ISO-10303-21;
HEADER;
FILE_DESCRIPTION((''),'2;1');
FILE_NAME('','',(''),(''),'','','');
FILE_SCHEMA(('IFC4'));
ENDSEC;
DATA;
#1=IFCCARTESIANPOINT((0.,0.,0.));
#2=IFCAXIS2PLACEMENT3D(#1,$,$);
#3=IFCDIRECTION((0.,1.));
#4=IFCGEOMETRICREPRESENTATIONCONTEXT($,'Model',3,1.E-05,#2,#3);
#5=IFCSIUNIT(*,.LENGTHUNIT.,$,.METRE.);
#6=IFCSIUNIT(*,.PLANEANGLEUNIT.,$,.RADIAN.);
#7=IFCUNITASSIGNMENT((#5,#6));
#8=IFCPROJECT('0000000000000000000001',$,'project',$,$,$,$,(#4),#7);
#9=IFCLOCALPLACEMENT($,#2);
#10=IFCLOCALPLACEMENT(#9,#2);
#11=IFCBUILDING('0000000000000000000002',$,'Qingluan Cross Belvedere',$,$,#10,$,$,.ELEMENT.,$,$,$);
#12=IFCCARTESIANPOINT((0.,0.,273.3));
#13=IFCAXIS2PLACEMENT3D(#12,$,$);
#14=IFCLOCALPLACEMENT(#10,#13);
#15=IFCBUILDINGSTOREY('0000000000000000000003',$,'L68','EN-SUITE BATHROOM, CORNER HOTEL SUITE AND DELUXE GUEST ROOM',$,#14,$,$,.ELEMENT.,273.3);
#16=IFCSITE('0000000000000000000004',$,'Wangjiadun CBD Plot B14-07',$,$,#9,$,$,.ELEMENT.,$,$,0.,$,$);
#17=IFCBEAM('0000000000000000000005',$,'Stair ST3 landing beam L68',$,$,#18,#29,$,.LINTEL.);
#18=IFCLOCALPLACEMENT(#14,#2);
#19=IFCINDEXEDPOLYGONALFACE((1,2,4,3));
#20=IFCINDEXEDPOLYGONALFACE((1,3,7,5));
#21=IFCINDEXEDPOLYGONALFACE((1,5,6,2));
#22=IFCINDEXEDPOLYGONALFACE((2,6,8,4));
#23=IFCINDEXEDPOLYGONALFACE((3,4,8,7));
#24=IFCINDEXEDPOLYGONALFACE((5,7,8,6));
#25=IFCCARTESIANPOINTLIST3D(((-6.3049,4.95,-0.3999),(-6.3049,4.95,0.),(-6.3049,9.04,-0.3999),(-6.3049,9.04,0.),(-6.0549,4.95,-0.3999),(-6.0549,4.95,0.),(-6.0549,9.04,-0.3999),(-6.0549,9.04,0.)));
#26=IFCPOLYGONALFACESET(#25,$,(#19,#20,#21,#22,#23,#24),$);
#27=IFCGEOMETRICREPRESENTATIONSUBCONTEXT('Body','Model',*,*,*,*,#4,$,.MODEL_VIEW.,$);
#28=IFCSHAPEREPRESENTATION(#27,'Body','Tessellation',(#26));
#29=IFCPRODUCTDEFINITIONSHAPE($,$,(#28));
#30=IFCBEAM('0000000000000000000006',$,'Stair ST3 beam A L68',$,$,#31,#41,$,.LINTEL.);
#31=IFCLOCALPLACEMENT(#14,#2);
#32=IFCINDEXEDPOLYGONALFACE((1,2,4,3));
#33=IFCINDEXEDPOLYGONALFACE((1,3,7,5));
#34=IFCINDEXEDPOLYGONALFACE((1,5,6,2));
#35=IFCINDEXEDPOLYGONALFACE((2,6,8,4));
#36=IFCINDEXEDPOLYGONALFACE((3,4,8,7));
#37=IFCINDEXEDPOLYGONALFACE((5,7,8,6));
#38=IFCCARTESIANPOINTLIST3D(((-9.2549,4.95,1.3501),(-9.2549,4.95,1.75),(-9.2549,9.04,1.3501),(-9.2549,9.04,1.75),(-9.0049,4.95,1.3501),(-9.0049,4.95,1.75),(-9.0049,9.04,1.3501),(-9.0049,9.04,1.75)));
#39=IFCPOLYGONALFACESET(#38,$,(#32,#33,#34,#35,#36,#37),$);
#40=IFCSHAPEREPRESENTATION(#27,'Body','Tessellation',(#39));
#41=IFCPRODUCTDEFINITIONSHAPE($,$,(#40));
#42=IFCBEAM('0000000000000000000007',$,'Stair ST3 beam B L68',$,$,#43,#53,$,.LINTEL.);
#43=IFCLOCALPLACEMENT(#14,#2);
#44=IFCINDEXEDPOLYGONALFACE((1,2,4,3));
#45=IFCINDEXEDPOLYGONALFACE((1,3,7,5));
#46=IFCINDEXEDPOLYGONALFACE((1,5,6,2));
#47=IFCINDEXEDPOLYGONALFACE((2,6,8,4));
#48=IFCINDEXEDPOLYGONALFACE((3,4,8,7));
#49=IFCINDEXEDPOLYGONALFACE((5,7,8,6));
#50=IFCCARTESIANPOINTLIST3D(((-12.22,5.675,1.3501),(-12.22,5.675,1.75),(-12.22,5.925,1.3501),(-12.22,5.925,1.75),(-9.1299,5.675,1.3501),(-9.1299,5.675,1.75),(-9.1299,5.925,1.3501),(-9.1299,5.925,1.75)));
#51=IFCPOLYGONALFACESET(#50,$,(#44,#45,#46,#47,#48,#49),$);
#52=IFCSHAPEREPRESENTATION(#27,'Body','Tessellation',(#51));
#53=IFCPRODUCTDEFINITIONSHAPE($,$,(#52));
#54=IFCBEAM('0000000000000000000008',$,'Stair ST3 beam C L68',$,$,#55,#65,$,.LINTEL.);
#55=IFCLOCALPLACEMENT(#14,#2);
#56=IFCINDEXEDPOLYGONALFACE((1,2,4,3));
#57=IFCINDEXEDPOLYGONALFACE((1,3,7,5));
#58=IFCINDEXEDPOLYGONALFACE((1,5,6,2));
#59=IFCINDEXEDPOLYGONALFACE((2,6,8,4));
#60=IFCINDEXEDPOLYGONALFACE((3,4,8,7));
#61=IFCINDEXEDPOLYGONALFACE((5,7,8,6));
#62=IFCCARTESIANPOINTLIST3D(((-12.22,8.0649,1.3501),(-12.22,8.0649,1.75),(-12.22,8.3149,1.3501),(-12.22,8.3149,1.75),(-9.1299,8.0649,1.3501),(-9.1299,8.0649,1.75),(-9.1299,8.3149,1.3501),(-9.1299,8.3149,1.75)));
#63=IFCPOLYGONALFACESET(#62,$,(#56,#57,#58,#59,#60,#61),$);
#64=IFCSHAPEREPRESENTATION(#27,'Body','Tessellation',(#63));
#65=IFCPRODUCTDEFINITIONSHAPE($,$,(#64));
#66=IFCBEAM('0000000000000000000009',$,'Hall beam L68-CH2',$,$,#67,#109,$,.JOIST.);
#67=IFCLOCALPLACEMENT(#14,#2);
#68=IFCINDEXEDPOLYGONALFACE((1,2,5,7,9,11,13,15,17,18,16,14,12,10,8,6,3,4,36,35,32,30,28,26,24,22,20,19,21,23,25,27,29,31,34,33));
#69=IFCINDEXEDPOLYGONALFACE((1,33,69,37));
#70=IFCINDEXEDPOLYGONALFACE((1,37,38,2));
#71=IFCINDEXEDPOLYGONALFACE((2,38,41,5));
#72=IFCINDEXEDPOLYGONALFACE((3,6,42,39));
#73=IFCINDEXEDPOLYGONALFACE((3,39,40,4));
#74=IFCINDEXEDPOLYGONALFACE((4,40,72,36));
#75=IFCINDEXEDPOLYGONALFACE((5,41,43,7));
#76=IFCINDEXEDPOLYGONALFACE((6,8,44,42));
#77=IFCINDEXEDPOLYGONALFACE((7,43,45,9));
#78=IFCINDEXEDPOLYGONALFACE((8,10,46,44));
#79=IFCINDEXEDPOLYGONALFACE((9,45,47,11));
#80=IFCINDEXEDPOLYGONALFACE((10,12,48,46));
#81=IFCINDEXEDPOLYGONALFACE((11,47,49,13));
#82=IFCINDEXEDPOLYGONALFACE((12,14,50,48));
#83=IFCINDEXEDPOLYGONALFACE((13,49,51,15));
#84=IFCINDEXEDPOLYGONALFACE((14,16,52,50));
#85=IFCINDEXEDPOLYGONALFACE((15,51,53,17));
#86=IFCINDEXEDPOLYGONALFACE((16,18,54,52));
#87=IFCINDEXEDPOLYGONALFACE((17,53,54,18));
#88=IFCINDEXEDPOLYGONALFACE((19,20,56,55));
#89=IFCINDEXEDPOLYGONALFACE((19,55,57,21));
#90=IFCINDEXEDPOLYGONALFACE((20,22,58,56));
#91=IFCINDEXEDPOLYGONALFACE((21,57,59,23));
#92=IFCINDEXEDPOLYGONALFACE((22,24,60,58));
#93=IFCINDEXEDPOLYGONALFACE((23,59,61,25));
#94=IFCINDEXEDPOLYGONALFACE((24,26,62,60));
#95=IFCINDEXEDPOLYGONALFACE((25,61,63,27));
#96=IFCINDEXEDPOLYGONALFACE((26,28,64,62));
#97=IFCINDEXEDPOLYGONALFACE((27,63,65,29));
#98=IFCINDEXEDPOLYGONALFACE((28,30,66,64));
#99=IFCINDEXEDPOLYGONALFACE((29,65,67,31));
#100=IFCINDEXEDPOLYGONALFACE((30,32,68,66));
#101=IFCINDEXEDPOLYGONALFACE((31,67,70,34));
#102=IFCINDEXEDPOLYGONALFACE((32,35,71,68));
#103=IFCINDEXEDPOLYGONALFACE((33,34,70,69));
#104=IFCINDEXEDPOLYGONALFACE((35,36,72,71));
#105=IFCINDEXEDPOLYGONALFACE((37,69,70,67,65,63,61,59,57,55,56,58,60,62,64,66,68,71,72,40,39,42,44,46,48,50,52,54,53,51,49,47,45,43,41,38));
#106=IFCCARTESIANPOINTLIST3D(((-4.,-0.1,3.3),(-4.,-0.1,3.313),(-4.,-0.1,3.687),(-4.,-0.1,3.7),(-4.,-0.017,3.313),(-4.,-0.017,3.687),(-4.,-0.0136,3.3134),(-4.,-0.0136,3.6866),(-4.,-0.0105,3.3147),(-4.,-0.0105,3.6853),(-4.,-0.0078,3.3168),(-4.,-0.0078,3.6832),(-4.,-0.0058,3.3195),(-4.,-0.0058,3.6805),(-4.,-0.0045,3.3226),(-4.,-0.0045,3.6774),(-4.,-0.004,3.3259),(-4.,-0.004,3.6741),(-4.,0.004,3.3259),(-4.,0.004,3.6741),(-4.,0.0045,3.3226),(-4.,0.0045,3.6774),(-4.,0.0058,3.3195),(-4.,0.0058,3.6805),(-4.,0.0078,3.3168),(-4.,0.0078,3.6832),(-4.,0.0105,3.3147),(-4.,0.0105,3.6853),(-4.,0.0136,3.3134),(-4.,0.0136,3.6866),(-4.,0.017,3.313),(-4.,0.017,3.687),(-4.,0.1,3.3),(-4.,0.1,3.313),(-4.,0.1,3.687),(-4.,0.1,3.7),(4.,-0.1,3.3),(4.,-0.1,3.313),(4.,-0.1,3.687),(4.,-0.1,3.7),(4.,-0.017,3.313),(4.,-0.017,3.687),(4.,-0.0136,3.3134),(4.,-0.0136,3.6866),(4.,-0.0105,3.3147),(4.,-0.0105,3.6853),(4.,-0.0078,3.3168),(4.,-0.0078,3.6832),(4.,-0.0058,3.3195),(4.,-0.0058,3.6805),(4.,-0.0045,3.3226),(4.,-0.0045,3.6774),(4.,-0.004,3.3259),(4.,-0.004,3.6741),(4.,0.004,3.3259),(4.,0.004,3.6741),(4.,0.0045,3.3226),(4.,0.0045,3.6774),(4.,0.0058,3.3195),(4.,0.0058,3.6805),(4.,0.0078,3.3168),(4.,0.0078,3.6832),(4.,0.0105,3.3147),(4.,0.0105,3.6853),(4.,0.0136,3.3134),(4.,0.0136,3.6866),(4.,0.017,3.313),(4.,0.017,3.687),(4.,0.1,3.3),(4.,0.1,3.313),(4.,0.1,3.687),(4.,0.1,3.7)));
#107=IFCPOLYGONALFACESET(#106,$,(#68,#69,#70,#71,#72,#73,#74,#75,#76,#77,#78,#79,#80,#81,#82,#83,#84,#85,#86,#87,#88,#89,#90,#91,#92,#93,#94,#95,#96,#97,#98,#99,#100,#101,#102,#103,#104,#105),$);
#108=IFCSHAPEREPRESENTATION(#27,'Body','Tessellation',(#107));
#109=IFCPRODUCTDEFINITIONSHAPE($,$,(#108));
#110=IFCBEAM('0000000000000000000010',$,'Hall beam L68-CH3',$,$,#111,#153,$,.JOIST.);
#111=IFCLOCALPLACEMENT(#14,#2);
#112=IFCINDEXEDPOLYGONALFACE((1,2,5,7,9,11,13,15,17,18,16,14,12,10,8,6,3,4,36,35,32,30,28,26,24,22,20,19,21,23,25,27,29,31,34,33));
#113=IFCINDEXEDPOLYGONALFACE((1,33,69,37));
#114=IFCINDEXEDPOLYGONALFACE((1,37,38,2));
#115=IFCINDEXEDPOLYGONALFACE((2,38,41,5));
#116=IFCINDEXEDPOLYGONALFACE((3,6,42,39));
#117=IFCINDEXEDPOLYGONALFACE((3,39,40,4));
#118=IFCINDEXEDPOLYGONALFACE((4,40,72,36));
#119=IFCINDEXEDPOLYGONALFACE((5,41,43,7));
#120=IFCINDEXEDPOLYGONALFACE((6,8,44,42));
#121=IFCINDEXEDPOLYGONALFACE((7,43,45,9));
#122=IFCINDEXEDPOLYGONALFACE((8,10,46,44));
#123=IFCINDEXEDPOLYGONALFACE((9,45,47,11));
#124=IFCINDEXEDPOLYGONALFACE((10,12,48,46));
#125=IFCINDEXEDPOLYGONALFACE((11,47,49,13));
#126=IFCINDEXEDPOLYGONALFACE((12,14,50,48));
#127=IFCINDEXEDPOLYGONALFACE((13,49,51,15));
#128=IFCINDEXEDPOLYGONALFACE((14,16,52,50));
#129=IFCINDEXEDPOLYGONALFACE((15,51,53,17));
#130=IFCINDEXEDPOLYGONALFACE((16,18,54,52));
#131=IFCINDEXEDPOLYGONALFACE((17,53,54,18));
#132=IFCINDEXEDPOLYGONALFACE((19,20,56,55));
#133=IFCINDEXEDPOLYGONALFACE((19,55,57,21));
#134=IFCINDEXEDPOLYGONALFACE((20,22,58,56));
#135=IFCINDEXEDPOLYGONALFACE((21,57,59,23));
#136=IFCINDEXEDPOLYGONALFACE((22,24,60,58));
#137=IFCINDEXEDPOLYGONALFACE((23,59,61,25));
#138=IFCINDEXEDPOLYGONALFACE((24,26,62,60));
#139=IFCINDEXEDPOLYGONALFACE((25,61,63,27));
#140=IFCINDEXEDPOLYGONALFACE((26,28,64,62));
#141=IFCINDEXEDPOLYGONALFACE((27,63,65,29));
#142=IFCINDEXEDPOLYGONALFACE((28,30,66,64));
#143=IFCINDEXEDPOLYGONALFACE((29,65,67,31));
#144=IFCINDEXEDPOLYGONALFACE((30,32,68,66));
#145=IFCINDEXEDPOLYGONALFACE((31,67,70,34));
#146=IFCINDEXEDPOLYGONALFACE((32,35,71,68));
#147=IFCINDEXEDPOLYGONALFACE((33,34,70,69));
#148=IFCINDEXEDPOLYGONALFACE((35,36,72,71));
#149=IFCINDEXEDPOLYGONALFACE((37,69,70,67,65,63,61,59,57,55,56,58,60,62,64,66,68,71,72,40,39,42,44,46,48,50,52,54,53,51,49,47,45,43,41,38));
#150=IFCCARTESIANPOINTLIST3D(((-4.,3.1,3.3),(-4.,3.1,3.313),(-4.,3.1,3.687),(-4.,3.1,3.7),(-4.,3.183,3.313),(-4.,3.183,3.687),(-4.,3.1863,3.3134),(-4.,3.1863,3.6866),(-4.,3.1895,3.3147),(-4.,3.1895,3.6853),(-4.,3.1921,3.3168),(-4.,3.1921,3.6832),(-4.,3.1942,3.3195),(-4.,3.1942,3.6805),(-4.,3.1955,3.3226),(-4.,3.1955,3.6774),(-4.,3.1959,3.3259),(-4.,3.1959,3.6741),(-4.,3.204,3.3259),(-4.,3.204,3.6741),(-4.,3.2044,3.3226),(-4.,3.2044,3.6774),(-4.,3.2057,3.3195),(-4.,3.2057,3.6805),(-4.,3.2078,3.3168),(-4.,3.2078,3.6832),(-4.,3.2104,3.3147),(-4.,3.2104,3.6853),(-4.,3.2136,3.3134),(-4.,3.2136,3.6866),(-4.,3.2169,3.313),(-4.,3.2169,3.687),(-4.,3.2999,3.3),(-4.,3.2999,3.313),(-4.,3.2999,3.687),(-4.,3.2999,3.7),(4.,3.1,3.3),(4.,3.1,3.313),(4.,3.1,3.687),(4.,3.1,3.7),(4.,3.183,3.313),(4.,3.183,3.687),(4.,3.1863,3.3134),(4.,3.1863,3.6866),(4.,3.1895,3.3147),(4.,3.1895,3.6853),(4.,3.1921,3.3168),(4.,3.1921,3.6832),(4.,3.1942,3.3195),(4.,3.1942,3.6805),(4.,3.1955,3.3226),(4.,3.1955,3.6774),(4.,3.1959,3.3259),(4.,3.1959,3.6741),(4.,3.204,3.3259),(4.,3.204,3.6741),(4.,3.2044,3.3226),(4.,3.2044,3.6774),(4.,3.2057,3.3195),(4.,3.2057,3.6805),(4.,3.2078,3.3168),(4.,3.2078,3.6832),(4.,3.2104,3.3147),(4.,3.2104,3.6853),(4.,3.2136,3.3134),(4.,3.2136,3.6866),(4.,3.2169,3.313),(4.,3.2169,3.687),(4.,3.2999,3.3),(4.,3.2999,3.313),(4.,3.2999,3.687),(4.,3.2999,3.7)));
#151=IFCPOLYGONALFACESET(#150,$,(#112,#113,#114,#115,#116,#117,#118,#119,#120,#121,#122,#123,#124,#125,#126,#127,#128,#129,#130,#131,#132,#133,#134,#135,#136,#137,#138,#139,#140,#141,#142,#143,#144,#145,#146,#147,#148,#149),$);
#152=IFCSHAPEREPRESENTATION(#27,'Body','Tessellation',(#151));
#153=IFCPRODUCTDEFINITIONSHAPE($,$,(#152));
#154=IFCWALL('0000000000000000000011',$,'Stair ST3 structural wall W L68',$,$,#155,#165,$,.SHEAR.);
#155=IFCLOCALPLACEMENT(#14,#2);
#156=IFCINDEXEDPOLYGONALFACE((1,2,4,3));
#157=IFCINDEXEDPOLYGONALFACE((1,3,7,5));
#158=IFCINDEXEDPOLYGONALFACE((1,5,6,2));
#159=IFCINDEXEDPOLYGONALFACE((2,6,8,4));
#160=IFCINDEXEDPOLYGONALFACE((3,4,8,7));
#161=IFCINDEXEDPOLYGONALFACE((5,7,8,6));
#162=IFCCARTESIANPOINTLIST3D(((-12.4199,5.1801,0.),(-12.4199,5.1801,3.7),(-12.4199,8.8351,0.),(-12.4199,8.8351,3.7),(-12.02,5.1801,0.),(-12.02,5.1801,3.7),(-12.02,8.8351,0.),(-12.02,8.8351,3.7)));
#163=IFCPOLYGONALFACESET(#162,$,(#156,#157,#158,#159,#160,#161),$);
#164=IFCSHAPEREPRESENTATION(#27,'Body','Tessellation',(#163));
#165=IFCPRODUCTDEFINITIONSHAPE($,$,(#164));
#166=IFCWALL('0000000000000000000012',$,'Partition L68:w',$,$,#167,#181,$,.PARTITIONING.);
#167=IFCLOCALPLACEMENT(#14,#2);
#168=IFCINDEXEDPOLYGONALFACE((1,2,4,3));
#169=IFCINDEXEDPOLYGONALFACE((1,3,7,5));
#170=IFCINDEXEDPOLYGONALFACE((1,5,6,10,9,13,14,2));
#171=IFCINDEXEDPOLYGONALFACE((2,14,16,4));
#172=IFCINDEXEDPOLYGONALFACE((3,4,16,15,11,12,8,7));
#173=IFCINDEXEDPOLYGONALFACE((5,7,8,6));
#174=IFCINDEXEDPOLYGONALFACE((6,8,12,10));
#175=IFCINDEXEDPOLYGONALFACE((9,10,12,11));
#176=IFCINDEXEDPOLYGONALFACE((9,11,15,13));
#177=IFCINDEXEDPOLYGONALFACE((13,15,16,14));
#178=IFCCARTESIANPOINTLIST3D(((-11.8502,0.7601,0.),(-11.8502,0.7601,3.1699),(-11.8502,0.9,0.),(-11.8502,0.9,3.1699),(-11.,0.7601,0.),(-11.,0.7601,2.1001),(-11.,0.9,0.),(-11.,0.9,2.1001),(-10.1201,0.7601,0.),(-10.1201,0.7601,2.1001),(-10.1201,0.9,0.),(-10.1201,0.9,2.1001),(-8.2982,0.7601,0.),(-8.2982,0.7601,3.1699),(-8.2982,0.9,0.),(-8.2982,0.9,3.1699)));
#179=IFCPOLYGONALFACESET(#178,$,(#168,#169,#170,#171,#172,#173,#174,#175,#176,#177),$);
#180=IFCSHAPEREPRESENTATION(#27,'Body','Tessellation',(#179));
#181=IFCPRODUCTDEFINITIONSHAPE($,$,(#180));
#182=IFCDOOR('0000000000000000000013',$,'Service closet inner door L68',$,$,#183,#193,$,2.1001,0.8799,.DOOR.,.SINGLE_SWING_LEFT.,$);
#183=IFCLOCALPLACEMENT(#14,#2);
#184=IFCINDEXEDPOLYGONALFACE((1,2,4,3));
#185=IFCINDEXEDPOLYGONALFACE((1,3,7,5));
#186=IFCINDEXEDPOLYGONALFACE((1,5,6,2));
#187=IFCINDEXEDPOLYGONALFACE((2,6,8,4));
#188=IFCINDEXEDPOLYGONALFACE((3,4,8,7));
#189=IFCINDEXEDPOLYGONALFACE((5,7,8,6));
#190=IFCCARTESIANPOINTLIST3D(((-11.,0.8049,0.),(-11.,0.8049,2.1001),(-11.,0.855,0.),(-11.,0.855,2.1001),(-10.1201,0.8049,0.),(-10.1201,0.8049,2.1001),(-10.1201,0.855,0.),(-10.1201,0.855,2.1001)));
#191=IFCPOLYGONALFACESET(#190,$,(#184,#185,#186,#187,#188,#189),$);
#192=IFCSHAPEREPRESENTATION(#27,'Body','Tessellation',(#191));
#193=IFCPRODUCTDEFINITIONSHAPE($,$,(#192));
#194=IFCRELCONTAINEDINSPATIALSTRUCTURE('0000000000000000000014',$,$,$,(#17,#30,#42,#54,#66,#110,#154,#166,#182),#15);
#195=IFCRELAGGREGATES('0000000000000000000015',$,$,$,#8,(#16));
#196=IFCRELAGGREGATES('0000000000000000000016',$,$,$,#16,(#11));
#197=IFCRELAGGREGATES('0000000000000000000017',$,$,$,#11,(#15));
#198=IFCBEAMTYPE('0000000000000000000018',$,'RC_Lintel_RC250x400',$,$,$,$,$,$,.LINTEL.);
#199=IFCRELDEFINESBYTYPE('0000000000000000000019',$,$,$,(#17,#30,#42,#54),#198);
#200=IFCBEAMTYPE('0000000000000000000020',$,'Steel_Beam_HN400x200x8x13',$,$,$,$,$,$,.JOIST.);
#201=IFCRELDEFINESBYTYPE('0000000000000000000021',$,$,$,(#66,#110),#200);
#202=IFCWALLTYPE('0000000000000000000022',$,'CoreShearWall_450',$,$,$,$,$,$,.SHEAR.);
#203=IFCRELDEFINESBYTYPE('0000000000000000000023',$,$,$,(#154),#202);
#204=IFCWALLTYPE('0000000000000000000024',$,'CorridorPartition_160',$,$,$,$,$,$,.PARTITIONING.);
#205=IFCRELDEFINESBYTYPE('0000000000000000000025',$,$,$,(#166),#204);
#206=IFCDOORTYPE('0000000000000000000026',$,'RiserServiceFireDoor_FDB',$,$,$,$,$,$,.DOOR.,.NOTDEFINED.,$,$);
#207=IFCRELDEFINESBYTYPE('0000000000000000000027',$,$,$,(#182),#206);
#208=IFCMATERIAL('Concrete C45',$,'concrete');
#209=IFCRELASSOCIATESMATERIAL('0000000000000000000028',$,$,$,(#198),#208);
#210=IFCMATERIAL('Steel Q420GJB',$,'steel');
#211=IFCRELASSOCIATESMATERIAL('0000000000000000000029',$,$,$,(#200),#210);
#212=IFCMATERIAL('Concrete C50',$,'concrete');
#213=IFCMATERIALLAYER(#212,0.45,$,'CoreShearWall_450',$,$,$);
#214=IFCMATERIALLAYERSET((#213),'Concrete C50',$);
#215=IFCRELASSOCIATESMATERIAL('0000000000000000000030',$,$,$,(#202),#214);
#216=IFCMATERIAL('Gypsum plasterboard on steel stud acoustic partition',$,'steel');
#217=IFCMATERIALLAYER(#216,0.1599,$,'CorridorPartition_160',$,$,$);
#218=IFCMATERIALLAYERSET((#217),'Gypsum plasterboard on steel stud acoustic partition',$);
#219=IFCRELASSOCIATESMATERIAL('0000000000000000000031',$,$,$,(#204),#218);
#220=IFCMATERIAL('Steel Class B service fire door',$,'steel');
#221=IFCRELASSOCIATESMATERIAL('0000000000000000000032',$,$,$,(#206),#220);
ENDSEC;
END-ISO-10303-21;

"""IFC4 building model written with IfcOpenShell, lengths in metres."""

from ifc_helpers import new_model, si_unit, direction, frame, frame_2d, origin, origin_2d, place, context, subcontext, project, spatial, rectangle, i_section, extrude, material, layer, layer_set, material_profile, profile_set, type_object, element, fill, save


model = new_model("IFC4")

# Units and contexts
model_context = context("Model", 3, precision=1e-05, world=origin(), true_north=direction((0.0, 1.0)))
body_context = subcontext(model_context, "Body", "Model", "MODEL_VIEW")
ifc_project = project(units=[si_unit("LENGTHUNIT", "METRE"), si_unit("PLANEANGLEUNIT", "RADIAN")], contexts=[model_context])

# Site, building, storey
site_placement = place(None, origin())
site = spatial("IfcSite", under=ifc_project, at=site_placement, Name="Wangjiadun CBD Plot B14-07", CompositionType="ELEMENT", RefElevation=0.0)
building_placement = place(site_placement, origin())
building = spatial("IfcBuilding", under=site, at=building_placement, Name="Qingluan Cross Belvedere", CompositionType="ELEMENT")
storey_placement = place(building_placement, frame((0.0, 0.0, 273.3)))
storey = spatial("IfcBuildingStorey", under=building, at=storey_placement, Name="L68", Description="EN-SUITE BATHROOM, CORNER HOTEL SUITE AND DELUXE GUEST ROOM", CompositionType="ELEMENT", Elevation=273.3)

# Beams
ifc_material_1 = material(Name="Concrete C45", Category="concrete")
ifc_material_profile_1 = material_profile(ifc_material_1, rectangle(XDim=0.25, YDim=0.3999, at=origin_2d()), Name="RC250x400")
ifc_profile_set_1 = profile_set([ifc_material_profile_1], Name="Concrete C45")
beam_type_1 = type_object("IfcBeamType", Name="RC_Lintel_RC250x400", PredefinedType="LINTEL", material=ifc_profile_set_1)
for number, where, z_axis, x_axis, name in (
    (1, (-6.1799, 4.95, -0.2), (0.0, 1.0, 0.0), (-1.0, 0.0, 0.0), "Stair ST3 landing beam L68"),
    (2, (-9.1299, 4.95, 1.55), (0.0, 1.0, 0.0), (-1.0, 0.0, 0.0), "Stair ST3 beam A L68"),
):
    element("IfcBeam", number, at=place(storey_placement, frame(where, z_axis=z_axis, x_axis=x_axis)), inside=storey, type_object=beam_type_1, Name=name, PredefinedType="LINTEL", context=body_context, shape_type="SweptSolid", body=[
        extrude(rectangle(XDim=0.25, YDim=0.3999, at=origin_2d()), origin(), (0.0, 0.0, 1.0), 4.0901),
    ])
for number, where, z_axis, x_axis, name in (
    (3, (-12.22, 5.8, 1.55), (1.0, 0.0, 0.0), (0.0, 1.0, 0.0), "Stair ST3 beam B L68"),
    (4, (-12.22, 8.1899, 1.55), (1.0, 0.0, 0.0), (0.0, 1.0, 0.0), "Stair ST3 beam C L68"),
):
    element("IfcBeam", number, at=place(storey_placement, frame(where, z_axis=z_axis, x_axis=x_axis)), inside=storey, type_object=beam_type_1, Name=name, PredefinedType="LINTEL", context=body_context, shape_type="SweptSolid", body=[
        extrude(rectangle(XDim=0.25, YDim=0.3999, at=origin_2d()), origin(), (0.0, 0.0, 1.0), 3.0901),
    ])
ifc_material_2 = material(Name="Steel Q420GJB", Category="steel")
ifc_material_profile_2 = material_profile(ifc_material_2, i_section(OverallWidth=0.2, OverallDepth=0.3999, WebThickness=0.0081, FlangeThickness=0.0129, FilletRadius=0.0129, at=origin_2d()), Name="HN400x200x8x13")
ifc_profile_set_2 = profile_set([ifc_material_profile_2], Name="Steel Q420GJB")
beam_type_2 = type_object("IfcBeamType", Name="Steel_Beam_HN400x200x8x13", PredefinedType="JOIST", material=ifc_profile_set_2)
for number, where, z_axis, x_axis, name in (
    (5, (-4.0, 0.0, 3.5), (1.0, 0.0, 0.0), (0.0, 1.0, 0.0), "Hall beam L68-CH2"),
    (6, (-4.0, 3.2, 3.5), (1.0, 0.0, 0.0), (0.0, 1.0, 0.0), "Hall beam L68-CH3"),
):
    element("IfcBeam", number, at=place(storey_placement, frame(where, z_axis=z_axis, x_axis=x_axis)), inside=storey, type_object=beam_type_2, Name=name, PredefinedType="JOIST", context=body_context, shape_type="SweptSolid", body=[
        extrude(i_section(OverallWidth=0.2, OverallDepth=0.3999, WebThickness=0.0081, FlangeThickness=0.0129, FilletRadius=0.0129, at=origin_2d()), origin(), (0.0, 0.0, 1.0), 8.0),
    ])

# Wall
ifc_material_3 = material(Name="Concrete C50", Category="concrete")
ifc_layer_1 = layer(ifc_material_3, 0.45, Name="CoreShearWall_450")
ifc_layer_set_1 = layer_set([ifc_layer_1], Name="Concrete C50")
wall_type_1 = type_object("IfcWallType", Name="CoreShearWall_450", PredefinedType="SHEAR", material=ifc_layer_set_1)
wall_1_placement = place(storey_placement, frame((-12.22, 5.1799, 0.0), z_axis=(0.0, 0.0, 1.0), x_axis=(0.0, 1.0, 0.0)))
element("IfcWall", 7, at=wall_1_placement, inside=storey, type_object=wall_type_1, Name="Stair ST3 structural wall W L68", PredefinedType="SHEAR", context=body_context, shape_type="SweptSolid", body=[
    extrude(rectangle(XDim=3.655, YDim=0.3999, at=frame_2d((1.8276, 0.0))), origin(), (0.0, 0.0, 1.0), 3.7),
])

# Wall, opening, door
ifc_material_4 = material(Name="Gypsum plasterboard on steel stud acoustic partition", Category="steel")
ifc_layer_2 = layer(ifc_material_4, 0.1599, Name="CorridorPartition_160")
ifc_layer_set_2 = layer_set([ifc_layer_2], Name="Gypsum plasterboard on steel stud acoustic partition")
wall_type_2 = type_object("IfcWallType", Name="CorridorPartition_160", PredefinedType="PARTITIONING", material=ifc_layer_set_2)
wall_2_placement = place(storey_placement, frame((-11.8501, 0.8301, 0.0), z_axis=(0.0, 0.0, 1.0), x_axis=(1.0, 0.0, 0.0)))
wall_2 = element("IfcWall", 8, at=wall_2_placement, inside=storey, type_object=wall_type_2, Name="Partition L68:w", PredefinedType="PARTITIONING", context=body_context, shape_type="SweptSolid", body=[
    extrude(rectangle(XDim=3.552, YDim=0.1399, at=frame_2d((1.7759, 0.0))), origin(), (0.0, 0.0, 1.0), 3.1699),
])
opening_1_placement = place(wall_2_placement, frame((0.8501, 0.0, 0.0)))
opening_1 = element("IfcOpeningElement", 9, at=opening_1_placement, cuts=wall_2, PredefinedType="OPENING", context=body_context, shape_type="SweptSolid", body=[
    extrude(rectangle(XDim=0.8799, YDim=2.1001, at=frame_2d((0.4399, 1.05))), frame((0.0, 0.0798, 0.0), z_axis=(0.0, -1.0, 0.0), x_axis=(1.0, 0.0, 0.0)), (0.0, 0.0, 1.0), 0.1599),
])
ifc_material_5 = material(Name="Steel Class B service fire door", Category="steel")
door_type_1 = type_object("IfcDoorType", Name="RiserServiceFireDoor_FDB", OperationType="NOTDEFINED", PredefinedType="DOOR", material=ifc_material_5)
door_1_placement = place(opening_1_placement, origin())
door_1 = element("IfcDoor", 10, at=door_1_placement, inside=storey, type_object=door_type_1, Name="Service closet inner door L68", OperationType="SINGLE_SWING_LEFT", OverallHeight=2.1001, OverallWidth=0.8799, PredefinedType="DOOR", context=body_context, shape_type="SweptSolid", body=[
    extrude(rectangle(XDim=0.8799, YDim=2.1001, at=frame_2d((0.4399, 1.05))), frame((0.0, 0.0249, 0.0), z_axis=(0.0, -1.0, 0.0), x_axis=(1.0, 0.0, 0.0)), (0.0, 0.0, 1.0), 0.05),
])
fill(opening_1, door_1)

save(model, "model.ifc")
